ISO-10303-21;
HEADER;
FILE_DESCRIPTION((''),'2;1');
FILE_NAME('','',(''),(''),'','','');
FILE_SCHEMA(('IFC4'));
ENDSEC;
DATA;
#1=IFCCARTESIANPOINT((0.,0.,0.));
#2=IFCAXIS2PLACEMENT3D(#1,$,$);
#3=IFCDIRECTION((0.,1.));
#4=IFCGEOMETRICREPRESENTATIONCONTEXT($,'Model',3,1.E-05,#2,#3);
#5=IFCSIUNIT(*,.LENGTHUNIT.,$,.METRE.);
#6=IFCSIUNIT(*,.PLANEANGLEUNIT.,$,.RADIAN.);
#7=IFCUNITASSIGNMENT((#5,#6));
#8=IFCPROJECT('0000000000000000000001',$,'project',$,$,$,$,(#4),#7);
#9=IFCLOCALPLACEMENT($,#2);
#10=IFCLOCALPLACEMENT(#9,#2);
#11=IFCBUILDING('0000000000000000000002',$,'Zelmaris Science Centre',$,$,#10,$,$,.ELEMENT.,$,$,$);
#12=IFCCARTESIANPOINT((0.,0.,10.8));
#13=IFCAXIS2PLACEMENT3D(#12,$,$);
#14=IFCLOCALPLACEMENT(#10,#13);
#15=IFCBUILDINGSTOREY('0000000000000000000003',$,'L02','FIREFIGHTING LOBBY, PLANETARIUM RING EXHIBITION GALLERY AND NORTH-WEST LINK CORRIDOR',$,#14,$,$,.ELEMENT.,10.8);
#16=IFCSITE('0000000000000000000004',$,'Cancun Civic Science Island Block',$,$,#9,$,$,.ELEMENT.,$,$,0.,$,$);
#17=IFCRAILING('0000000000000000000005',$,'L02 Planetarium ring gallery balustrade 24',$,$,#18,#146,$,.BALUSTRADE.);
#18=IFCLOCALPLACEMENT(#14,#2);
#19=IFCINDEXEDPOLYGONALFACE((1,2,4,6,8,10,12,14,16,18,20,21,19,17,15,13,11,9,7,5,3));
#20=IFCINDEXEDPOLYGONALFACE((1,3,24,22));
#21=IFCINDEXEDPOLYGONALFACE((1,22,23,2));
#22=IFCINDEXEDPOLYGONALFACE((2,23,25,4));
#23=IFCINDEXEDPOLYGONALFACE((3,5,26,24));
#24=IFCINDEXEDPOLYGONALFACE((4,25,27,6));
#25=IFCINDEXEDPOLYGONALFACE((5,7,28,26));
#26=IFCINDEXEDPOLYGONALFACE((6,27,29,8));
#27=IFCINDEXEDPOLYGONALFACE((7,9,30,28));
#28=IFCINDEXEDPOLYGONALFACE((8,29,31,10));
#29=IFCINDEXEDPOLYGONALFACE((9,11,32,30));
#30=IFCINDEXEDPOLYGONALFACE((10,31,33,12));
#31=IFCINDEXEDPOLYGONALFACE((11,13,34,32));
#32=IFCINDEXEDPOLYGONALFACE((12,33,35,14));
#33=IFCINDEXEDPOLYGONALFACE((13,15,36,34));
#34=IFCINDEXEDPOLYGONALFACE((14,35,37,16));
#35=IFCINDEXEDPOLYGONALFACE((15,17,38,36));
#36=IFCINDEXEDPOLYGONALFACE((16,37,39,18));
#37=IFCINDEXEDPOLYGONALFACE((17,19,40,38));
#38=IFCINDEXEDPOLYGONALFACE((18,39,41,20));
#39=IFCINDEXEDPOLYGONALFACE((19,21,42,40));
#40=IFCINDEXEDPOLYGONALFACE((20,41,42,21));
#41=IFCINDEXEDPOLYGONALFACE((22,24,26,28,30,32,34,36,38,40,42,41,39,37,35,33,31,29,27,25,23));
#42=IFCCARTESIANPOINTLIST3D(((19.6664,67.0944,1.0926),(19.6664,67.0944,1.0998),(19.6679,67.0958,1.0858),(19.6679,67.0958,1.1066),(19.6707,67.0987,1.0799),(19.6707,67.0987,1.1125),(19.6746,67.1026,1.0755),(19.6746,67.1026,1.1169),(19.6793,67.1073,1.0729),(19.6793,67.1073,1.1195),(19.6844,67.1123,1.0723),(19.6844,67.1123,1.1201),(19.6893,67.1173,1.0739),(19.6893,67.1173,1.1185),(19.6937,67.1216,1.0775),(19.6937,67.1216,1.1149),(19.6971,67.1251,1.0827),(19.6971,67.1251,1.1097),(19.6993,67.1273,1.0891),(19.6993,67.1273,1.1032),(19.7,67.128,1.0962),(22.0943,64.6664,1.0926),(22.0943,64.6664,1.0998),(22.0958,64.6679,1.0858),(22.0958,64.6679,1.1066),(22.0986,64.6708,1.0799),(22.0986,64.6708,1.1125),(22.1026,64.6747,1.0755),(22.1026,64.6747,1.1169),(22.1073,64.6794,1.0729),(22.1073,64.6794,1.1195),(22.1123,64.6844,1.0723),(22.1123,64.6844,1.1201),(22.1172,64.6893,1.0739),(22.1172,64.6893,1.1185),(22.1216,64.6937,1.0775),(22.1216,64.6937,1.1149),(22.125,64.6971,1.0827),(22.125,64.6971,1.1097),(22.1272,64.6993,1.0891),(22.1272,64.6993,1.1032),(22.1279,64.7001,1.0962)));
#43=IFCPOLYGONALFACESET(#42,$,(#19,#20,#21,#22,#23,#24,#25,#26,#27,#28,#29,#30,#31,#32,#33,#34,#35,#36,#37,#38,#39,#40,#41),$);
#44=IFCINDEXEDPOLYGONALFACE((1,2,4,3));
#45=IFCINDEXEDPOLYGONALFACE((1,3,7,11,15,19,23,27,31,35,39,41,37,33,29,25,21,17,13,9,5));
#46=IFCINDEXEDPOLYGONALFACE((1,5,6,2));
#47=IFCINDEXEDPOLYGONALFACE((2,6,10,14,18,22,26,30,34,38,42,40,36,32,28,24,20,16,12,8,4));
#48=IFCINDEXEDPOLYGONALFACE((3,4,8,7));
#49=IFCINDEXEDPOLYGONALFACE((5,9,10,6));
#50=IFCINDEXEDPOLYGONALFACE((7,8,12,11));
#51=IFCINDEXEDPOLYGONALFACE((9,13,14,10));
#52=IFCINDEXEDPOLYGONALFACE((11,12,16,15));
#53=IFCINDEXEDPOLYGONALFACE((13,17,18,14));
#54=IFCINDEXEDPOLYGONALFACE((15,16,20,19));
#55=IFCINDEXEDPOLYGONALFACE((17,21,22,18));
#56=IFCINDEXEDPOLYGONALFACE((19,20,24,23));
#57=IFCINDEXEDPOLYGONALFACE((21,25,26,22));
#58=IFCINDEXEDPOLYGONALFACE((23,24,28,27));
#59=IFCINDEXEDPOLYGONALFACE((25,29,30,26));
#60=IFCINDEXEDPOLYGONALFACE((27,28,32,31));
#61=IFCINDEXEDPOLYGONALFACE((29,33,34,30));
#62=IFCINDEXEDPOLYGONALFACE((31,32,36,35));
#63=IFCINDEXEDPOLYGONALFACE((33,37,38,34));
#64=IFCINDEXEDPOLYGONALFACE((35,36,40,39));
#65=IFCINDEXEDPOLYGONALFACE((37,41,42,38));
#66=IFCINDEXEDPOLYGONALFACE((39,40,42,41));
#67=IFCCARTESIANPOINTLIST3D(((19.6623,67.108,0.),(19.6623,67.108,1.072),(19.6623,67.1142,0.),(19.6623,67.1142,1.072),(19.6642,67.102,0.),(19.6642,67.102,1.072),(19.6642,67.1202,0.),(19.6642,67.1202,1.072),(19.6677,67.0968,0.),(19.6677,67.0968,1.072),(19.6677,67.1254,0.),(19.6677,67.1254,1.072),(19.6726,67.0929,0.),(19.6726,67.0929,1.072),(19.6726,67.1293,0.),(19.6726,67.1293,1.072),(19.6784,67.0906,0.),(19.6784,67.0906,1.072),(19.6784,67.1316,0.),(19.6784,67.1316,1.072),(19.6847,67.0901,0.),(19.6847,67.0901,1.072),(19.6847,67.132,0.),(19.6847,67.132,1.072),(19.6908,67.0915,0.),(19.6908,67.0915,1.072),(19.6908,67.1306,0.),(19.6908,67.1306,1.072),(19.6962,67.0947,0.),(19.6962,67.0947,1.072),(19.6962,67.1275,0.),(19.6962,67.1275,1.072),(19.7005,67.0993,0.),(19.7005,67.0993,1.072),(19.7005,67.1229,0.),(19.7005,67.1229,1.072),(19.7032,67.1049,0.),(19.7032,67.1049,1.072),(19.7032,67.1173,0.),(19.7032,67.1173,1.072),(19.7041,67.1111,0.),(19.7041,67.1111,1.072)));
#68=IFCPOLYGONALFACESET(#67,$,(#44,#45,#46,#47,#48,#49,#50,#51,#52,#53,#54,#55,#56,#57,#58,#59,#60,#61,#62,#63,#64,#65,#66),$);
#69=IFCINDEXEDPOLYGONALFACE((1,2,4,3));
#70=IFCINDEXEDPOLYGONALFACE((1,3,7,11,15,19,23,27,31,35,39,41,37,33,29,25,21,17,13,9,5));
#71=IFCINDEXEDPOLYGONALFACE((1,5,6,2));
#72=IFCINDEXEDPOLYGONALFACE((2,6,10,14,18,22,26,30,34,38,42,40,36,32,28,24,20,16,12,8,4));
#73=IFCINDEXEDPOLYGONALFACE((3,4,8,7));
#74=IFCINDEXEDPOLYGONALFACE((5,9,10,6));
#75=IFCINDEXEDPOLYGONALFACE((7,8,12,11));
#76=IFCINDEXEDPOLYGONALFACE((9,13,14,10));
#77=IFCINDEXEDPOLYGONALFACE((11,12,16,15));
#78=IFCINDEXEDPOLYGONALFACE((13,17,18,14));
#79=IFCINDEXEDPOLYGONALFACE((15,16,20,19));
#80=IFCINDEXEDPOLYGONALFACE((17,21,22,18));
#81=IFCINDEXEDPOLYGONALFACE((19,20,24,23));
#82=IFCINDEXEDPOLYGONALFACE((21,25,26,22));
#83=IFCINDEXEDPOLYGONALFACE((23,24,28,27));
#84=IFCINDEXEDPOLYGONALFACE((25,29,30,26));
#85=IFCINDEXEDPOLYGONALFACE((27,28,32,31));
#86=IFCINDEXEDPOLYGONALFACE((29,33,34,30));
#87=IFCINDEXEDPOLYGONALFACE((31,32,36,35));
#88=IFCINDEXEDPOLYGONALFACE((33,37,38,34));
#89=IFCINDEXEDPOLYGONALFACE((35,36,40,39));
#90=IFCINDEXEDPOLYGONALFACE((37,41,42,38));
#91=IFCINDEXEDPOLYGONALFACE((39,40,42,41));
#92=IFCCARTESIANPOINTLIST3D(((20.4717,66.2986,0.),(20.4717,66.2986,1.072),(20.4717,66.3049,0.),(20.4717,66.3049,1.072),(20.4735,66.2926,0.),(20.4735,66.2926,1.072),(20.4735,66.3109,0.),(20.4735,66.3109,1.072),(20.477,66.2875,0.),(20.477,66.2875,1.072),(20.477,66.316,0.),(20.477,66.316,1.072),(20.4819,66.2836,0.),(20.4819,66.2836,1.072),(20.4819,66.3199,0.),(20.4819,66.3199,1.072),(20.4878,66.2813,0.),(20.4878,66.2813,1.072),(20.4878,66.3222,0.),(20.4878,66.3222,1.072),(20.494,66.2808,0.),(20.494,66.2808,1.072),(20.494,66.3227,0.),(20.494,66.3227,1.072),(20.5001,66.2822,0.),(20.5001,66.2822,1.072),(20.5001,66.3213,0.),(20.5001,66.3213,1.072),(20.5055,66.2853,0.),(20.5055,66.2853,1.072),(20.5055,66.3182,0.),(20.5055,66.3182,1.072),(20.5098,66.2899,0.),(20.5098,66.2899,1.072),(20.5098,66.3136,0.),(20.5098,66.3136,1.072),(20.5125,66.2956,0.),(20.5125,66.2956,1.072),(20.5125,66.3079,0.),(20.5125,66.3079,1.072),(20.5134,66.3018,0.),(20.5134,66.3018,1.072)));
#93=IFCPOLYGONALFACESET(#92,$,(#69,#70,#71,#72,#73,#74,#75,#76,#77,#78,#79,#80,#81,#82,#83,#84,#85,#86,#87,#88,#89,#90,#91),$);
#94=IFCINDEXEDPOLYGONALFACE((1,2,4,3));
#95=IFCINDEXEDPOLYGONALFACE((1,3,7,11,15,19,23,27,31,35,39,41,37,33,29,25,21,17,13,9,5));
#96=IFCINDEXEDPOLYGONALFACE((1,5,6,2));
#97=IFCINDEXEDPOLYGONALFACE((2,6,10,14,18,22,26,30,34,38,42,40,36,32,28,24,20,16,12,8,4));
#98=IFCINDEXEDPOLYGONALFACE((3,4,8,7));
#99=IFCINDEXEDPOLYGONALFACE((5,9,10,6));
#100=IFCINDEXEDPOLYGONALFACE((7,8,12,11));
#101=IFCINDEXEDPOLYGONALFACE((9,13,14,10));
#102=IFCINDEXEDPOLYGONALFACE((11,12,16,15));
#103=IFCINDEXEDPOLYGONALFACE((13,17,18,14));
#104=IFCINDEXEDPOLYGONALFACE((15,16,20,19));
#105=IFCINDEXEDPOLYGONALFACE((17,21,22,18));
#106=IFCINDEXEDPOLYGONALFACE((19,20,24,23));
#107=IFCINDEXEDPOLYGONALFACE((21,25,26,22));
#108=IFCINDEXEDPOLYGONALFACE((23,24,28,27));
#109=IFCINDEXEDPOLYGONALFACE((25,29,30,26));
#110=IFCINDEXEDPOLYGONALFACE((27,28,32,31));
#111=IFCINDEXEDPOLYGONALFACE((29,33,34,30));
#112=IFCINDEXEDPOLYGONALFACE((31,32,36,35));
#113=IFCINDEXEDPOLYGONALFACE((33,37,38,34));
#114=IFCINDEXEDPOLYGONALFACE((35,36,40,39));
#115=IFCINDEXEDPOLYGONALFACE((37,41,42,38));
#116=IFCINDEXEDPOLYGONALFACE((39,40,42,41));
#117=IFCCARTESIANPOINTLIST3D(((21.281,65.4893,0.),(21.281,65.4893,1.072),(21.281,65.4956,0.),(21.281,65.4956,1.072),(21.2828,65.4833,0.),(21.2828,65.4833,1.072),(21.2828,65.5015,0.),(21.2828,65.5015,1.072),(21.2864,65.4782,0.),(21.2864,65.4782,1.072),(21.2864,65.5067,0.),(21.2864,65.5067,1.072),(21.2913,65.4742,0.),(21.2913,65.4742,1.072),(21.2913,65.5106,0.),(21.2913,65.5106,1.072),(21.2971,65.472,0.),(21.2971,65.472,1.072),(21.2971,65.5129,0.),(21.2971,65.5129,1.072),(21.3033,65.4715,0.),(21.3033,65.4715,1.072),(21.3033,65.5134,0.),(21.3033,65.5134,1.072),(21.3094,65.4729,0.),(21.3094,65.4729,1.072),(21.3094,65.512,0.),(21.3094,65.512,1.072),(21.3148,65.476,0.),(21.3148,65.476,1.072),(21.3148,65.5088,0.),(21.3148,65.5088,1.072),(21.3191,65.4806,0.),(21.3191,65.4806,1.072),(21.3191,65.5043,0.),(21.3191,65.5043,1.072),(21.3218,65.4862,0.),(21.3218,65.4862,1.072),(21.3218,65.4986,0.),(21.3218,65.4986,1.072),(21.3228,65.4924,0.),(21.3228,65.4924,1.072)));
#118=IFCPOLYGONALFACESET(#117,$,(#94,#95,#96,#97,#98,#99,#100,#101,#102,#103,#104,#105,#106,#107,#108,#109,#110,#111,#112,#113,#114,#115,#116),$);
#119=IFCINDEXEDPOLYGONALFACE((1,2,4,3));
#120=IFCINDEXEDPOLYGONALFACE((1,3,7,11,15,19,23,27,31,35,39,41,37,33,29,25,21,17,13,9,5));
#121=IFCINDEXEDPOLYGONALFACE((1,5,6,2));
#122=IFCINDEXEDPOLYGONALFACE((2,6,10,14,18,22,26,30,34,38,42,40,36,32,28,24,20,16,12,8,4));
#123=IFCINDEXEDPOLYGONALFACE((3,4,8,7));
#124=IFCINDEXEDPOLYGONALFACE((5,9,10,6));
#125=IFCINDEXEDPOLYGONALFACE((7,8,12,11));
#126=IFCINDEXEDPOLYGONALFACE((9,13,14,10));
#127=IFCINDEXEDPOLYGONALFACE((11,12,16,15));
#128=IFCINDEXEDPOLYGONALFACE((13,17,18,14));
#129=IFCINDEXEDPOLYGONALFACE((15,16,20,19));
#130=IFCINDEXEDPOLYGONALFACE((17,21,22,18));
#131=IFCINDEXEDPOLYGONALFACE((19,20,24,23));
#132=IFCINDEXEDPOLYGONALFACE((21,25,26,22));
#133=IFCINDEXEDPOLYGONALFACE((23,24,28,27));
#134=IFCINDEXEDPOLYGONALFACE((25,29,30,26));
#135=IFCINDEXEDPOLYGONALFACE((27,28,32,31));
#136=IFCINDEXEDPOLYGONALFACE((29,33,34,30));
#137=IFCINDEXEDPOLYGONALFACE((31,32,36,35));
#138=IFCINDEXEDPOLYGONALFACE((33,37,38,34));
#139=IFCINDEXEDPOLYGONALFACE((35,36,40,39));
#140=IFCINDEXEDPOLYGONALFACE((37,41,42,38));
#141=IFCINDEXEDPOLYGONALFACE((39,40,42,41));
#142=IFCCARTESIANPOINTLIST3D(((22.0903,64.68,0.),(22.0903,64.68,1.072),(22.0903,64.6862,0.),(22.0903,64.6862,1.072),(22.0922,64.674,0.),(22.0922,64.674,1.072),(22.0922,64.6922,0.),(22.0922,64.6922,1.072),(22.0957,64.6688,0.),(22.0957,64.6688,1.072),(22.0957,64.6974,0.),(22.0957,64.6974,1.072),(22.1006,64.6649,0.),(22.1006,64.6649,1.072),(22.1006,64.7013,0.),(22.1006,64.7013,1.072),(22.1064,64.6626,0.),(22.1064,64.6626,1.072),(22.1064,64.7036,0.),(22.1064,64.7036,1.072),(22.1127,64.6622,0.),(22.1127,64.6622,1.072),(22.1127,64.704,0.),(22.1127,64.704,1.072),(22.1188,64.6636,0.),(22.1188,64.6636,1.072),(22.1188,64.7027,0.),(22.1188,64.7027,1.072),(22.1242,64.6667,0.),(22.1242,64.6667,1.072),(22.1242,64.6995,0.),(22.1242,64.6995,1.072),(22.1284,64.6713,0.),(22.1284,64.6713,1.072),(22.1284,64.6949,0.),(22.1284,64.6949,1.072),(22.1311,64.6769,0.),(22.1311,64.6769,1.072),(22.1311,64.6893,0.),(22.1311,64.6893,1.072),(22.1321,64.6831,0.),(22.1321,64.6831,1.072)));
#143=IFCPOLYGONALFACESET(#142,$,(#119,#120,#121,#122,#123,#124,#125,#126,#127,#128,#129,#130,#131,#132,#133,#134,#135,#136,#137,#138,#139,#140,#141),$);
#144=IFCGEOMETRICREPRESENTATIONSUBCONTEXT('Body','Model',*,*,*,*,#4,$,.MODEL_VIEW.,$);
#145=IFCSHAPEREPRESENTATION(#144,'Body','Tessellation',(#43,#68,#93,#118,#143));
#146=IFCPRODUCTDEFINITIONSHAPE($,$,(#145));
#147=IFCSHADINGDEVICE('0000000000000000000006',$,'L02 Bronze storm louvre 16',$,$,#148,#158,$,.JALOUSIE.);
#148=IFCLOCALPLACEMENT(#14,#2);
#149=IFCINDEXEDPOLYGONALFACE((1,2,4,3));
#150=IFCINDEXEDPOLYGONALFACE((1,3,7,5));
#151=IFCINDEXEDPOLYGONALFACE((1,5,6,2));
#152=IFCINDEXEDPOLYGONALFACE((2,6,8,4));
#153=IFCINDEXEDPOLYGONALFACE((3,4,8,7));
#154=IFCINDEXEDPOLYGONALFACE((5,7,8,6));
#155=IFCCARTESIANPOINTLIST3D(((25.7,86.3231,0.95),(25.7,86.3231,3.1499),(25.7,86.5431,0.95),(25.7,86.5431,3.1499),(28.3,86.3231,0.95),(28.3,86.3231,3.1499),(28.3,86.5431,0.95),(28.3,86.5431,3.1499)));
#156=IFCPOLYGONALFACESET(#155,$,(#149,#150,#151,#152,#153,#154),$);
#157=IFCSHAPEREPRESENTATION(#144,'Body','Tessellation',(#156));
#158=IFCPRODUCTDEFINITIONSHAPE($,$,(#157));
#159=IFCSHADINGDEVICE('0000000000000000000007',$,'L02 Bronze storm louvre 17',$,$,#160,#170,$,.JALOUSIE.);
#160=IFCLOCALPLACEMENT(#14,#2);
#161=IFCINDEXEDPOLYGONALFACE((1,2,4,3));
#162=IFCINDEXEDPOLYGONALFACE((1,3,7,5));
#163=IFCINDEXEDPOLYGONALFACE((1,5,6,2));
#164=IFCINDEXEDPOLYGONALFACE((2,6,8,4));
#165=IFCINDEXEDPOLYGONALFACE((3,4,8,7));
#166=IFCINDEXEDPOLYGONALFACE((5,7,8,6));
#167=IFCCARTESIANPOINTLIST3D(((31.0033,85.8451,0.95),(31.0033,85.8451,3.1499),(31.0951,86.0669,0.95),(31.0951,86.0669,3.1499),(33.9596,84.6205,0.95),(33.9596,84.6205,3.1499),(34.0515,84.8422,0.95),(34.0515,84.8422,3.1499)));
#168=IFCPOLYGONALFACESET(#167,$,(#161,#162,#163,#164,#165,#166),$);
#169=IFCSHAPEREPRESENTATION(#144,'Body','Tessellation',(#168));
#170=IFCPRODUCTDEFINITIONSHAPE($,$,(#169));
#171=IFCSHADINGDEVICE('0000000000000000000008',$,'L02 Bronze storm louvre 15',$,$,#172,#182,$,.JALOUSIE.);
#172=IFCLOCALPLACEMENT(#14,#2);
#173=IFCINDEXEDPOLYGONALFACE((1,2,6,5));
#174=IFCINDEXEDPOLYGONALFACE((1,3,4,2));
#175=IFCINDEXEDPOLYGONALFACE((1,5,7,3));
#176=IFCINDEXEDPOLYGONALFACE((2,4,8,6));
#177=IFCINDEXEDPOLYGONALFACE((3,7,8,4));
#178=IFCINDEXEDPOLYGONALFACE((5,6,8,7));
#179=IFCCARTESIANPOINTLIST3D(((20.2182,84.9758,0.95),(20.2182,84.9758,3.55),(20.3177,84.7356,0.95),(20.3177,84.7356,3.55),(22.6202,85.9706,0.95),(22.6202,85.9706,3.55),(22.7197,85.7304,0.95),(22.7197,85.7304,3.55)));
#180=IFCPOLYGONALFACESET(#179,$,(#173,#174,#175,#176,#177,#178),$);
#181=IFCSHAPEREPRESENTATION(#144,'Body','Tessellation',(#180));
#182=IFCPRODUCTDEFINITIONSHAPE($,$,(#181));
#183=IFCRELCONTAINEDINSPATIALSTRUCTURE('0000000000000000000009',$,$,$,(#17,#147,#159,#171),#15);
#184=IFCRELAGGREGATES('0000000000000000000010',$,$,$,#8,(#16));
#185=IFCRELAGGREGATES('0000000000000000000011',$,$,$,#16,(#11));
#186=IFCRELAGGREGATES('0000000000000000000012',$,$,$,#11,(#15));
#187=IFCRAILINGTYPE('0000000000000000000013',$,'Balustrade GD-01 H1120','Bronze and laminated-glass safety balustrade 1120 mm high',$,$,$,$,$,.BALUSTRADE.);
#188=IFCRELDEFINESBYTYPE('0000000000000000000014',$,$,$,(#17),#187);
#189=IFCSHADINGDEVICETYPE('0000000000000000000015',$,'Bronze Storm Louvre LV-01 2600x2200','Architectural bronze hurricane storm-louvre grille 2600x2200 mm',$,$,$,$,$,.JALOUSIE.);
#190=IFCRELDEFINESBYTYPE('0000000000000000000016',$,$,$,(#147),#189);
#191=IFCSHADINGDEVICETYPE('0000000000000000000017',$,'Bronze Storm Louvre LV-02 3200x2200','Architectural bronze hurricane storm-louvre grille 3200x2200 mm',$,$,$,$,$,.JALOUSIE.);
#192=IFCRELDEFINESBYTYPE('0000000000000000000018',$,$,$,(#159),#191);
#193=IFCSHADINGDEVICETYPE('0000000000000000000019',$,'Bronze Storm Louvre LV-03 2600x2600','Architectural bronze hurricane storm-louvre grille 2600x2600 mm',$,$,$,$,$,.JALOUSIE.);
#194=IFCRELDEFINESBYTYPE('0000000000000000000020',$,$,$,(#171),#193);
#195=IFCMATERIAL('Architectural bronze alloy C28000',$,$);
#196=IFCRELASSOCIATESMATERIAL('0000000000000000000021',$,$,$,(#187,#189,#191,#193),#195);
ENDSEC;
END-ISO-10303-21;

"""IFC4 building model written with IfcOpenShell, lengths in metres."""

from ifc_helpers import new_model, si_unit, direction, frame, frame_2d, origin, origin_2d, place, context, subcontext, project, spatial, rectangle, circle, extrude, material, type_object, element, save


model = new_model("IFC4")

# Units and contexts
model_context = context("Model", 3, precision=1e-05, world=origin(), true_north=direction((0.0, 1.0)))
body_context = subcontext(model_context, "Body", "Model", "MODEL_VIEW")
ifc_project = project(units=[si_unit("LENGTHUNIT", "METRE"), si_unit("PLANEANGLEUNIT", "RADIAN")], contexts=[model_context])

# Site, building, storey
site_placement = place(None, origin())
site = spatial("IfcSite", under=ifc_project, at=site_placement, Name="Cancun Civic Science Island Block", CompositionType="ELEMENT", RefElevation=0.0)
building_placement = place(site_placement, origin())
building = spatial("IfcBuilding", under=site, at=building_placement, Name="Zelmaris Science Centre", CompositionType="ELEMENT")
storey_placement = place(building_placement, frame((0.0, 0.0, 10.8)))
storey = spatial("IfcBuildingStorey", under=building, at=storey_placement, Name="L02", Description="FIREFIGHTING LOBBY, PLANETARIUM RING EXHIBITION GALLERY AND NORTH-WEST LINK CORRIDOR", CompositionType="ELEMENT", Elevation=10.8)

# Railing
ifc_material_1 = material(Name="Architectural bronze alloy C28000")
railing_type = type_object("IfcRailingType", Name="Balustrade GD-01 H1120", Description="Bronze and laminated-glass safety balustrade 1120 mm high", PredefinedType="BALUSTRADE", material=ifc_material_1)
railing_1_placement = place(storey_placement, frame((19.6831, 67.1111, 0.0)))
element("IfcRailing", 1, at=railing_1_placement, inside=storey, type_object=railing_type, Name="L02 Planetarium ring gallery balustrade 24", PredefinedType="BALUSTRADE", context=body_context, shape_type="SweptSolid", body=[
    extrude(circle(Radius=0.0239, at=origin_2d()), frame((0.0, 0.0, 1.0962), z_axis=(0.707107, -0.707107, 0.0), x_axis=(0.707107, 0.707107, 0.0)), (0.0, 0.0, 1.0), 3.4336),
    extrude(circle(Radius=0.021, at=origin_2d()), origin(), (0.0, 0.0, 1.0), 1.072),
    extrude(circle(Radius=0.021, at=origin_2d()), frame((0.8093, -0.8093, 0.0)), (0.0, 0.0, 1.0), 1.072),
    extrude(circle(Radius=0.021, at=origin_2d()), frame((1.6187, -1.6187, 0.0)), (0.0, 0.0, 1.0), 1.072),
    extrude(circle(Radius=0.021, at=origin_2d()), frame((2.428, -2.428, 0.0)), (0.0, 0.0, 1.0), 1.072),
])

# Shading devices
shading_device_type_1 = type_object("IfcShadingDeviceType", Name="Bronze Storm Louvre LV-01 2600x2200", Description="Architectural bronze hurricane storm-louvre grille 2600x2200 mm", PredefinedType="JALOUSIE", material=ifc_material_1)
shading_device_1_placement = place(storey_placement, frame((25.7, 86.4331, 0.95), z_axis=(0.0, 0.0, 1.0), x_axis=(1.0, 0.0, 0.0)))
element("IfcShadingDevice", 2, at=shading_device_1_placement, inside=storey, type_object=shading_device_type_1, Name="L02 Bronze storm louvre 16", PredefinedType="JALOUSIE", context=body_context, shape_type="SweptSolid", body=[
    extrude(rectangle(XDim=2.6001, YDim=0.22, at=frame_2d((1.3, 0.0))), origin(), (0.0, 0.0, 1.0), 2.2),
])
shading_device_type_2 = type_object("IfcShadingDeviceType", Name="Bronze Storm Louvre LV-02 3200x2200", Description="Architectural bronze hurricane storm-louvre grille 3200x2200 mm", PredefinedType="JALOUSIE", material=ifc_material_1)
shading_device_2_placement = place(storey_placement, frame((31.0491, 85.9561, 0.95), z_axis=(0.0, 0.0, 1.0), x_axis=(0.923872, -0.382702, 0.0)))
element("IfcShadingDevice", 3, at=shading_device_2_placement, inside=storey, type_object=shading_device_type_2, Name="L02 Bronze storm louvre 17", PredefinedType="JALOUSIE", context=body_context, shape_type="SweptSolid", body=[
    extrude(rectangle(XDim=3.2, YDim=0.24, at=frame_2d((1.6001, 0.0))), origin(), (0.0, 0.0, 1.0), 2.2),
])
shading_device_type_3 = type_object("IfcShadingDeviceType", Name="Bronze Storm Louvre LV-03 2600x2600", Description="Architectural bronze hurricane storm-louvre grille 2600x2600 mm", PredefinedType="JALOUSIE", material=ifc_material_1)
shading_device_3_placement = place(storey_placement, frame((20.2681, 84.8557, 0.95), z_axis=(0.0, 0.0, 1.0), x_axis=(0.923894, 0.382648, 0.0)))
element("IfcShadingDevice", 4, at=shading_device_3_placement, inside=storey, type_object=shading_device_type_3, Name="L02 Bronze storm louvre 15", PredefinedType="JALOUSIE", context=body_context, shape_type="SweptSolid", body=[
    extrude(rectangle(XDim=2.5999, YDim=0.26, at=frame_2d((1.2998, 0.0))), origin(), (0.0, 0.0, 1.0), 2.6001),
])

save(model, "model.ifc")
